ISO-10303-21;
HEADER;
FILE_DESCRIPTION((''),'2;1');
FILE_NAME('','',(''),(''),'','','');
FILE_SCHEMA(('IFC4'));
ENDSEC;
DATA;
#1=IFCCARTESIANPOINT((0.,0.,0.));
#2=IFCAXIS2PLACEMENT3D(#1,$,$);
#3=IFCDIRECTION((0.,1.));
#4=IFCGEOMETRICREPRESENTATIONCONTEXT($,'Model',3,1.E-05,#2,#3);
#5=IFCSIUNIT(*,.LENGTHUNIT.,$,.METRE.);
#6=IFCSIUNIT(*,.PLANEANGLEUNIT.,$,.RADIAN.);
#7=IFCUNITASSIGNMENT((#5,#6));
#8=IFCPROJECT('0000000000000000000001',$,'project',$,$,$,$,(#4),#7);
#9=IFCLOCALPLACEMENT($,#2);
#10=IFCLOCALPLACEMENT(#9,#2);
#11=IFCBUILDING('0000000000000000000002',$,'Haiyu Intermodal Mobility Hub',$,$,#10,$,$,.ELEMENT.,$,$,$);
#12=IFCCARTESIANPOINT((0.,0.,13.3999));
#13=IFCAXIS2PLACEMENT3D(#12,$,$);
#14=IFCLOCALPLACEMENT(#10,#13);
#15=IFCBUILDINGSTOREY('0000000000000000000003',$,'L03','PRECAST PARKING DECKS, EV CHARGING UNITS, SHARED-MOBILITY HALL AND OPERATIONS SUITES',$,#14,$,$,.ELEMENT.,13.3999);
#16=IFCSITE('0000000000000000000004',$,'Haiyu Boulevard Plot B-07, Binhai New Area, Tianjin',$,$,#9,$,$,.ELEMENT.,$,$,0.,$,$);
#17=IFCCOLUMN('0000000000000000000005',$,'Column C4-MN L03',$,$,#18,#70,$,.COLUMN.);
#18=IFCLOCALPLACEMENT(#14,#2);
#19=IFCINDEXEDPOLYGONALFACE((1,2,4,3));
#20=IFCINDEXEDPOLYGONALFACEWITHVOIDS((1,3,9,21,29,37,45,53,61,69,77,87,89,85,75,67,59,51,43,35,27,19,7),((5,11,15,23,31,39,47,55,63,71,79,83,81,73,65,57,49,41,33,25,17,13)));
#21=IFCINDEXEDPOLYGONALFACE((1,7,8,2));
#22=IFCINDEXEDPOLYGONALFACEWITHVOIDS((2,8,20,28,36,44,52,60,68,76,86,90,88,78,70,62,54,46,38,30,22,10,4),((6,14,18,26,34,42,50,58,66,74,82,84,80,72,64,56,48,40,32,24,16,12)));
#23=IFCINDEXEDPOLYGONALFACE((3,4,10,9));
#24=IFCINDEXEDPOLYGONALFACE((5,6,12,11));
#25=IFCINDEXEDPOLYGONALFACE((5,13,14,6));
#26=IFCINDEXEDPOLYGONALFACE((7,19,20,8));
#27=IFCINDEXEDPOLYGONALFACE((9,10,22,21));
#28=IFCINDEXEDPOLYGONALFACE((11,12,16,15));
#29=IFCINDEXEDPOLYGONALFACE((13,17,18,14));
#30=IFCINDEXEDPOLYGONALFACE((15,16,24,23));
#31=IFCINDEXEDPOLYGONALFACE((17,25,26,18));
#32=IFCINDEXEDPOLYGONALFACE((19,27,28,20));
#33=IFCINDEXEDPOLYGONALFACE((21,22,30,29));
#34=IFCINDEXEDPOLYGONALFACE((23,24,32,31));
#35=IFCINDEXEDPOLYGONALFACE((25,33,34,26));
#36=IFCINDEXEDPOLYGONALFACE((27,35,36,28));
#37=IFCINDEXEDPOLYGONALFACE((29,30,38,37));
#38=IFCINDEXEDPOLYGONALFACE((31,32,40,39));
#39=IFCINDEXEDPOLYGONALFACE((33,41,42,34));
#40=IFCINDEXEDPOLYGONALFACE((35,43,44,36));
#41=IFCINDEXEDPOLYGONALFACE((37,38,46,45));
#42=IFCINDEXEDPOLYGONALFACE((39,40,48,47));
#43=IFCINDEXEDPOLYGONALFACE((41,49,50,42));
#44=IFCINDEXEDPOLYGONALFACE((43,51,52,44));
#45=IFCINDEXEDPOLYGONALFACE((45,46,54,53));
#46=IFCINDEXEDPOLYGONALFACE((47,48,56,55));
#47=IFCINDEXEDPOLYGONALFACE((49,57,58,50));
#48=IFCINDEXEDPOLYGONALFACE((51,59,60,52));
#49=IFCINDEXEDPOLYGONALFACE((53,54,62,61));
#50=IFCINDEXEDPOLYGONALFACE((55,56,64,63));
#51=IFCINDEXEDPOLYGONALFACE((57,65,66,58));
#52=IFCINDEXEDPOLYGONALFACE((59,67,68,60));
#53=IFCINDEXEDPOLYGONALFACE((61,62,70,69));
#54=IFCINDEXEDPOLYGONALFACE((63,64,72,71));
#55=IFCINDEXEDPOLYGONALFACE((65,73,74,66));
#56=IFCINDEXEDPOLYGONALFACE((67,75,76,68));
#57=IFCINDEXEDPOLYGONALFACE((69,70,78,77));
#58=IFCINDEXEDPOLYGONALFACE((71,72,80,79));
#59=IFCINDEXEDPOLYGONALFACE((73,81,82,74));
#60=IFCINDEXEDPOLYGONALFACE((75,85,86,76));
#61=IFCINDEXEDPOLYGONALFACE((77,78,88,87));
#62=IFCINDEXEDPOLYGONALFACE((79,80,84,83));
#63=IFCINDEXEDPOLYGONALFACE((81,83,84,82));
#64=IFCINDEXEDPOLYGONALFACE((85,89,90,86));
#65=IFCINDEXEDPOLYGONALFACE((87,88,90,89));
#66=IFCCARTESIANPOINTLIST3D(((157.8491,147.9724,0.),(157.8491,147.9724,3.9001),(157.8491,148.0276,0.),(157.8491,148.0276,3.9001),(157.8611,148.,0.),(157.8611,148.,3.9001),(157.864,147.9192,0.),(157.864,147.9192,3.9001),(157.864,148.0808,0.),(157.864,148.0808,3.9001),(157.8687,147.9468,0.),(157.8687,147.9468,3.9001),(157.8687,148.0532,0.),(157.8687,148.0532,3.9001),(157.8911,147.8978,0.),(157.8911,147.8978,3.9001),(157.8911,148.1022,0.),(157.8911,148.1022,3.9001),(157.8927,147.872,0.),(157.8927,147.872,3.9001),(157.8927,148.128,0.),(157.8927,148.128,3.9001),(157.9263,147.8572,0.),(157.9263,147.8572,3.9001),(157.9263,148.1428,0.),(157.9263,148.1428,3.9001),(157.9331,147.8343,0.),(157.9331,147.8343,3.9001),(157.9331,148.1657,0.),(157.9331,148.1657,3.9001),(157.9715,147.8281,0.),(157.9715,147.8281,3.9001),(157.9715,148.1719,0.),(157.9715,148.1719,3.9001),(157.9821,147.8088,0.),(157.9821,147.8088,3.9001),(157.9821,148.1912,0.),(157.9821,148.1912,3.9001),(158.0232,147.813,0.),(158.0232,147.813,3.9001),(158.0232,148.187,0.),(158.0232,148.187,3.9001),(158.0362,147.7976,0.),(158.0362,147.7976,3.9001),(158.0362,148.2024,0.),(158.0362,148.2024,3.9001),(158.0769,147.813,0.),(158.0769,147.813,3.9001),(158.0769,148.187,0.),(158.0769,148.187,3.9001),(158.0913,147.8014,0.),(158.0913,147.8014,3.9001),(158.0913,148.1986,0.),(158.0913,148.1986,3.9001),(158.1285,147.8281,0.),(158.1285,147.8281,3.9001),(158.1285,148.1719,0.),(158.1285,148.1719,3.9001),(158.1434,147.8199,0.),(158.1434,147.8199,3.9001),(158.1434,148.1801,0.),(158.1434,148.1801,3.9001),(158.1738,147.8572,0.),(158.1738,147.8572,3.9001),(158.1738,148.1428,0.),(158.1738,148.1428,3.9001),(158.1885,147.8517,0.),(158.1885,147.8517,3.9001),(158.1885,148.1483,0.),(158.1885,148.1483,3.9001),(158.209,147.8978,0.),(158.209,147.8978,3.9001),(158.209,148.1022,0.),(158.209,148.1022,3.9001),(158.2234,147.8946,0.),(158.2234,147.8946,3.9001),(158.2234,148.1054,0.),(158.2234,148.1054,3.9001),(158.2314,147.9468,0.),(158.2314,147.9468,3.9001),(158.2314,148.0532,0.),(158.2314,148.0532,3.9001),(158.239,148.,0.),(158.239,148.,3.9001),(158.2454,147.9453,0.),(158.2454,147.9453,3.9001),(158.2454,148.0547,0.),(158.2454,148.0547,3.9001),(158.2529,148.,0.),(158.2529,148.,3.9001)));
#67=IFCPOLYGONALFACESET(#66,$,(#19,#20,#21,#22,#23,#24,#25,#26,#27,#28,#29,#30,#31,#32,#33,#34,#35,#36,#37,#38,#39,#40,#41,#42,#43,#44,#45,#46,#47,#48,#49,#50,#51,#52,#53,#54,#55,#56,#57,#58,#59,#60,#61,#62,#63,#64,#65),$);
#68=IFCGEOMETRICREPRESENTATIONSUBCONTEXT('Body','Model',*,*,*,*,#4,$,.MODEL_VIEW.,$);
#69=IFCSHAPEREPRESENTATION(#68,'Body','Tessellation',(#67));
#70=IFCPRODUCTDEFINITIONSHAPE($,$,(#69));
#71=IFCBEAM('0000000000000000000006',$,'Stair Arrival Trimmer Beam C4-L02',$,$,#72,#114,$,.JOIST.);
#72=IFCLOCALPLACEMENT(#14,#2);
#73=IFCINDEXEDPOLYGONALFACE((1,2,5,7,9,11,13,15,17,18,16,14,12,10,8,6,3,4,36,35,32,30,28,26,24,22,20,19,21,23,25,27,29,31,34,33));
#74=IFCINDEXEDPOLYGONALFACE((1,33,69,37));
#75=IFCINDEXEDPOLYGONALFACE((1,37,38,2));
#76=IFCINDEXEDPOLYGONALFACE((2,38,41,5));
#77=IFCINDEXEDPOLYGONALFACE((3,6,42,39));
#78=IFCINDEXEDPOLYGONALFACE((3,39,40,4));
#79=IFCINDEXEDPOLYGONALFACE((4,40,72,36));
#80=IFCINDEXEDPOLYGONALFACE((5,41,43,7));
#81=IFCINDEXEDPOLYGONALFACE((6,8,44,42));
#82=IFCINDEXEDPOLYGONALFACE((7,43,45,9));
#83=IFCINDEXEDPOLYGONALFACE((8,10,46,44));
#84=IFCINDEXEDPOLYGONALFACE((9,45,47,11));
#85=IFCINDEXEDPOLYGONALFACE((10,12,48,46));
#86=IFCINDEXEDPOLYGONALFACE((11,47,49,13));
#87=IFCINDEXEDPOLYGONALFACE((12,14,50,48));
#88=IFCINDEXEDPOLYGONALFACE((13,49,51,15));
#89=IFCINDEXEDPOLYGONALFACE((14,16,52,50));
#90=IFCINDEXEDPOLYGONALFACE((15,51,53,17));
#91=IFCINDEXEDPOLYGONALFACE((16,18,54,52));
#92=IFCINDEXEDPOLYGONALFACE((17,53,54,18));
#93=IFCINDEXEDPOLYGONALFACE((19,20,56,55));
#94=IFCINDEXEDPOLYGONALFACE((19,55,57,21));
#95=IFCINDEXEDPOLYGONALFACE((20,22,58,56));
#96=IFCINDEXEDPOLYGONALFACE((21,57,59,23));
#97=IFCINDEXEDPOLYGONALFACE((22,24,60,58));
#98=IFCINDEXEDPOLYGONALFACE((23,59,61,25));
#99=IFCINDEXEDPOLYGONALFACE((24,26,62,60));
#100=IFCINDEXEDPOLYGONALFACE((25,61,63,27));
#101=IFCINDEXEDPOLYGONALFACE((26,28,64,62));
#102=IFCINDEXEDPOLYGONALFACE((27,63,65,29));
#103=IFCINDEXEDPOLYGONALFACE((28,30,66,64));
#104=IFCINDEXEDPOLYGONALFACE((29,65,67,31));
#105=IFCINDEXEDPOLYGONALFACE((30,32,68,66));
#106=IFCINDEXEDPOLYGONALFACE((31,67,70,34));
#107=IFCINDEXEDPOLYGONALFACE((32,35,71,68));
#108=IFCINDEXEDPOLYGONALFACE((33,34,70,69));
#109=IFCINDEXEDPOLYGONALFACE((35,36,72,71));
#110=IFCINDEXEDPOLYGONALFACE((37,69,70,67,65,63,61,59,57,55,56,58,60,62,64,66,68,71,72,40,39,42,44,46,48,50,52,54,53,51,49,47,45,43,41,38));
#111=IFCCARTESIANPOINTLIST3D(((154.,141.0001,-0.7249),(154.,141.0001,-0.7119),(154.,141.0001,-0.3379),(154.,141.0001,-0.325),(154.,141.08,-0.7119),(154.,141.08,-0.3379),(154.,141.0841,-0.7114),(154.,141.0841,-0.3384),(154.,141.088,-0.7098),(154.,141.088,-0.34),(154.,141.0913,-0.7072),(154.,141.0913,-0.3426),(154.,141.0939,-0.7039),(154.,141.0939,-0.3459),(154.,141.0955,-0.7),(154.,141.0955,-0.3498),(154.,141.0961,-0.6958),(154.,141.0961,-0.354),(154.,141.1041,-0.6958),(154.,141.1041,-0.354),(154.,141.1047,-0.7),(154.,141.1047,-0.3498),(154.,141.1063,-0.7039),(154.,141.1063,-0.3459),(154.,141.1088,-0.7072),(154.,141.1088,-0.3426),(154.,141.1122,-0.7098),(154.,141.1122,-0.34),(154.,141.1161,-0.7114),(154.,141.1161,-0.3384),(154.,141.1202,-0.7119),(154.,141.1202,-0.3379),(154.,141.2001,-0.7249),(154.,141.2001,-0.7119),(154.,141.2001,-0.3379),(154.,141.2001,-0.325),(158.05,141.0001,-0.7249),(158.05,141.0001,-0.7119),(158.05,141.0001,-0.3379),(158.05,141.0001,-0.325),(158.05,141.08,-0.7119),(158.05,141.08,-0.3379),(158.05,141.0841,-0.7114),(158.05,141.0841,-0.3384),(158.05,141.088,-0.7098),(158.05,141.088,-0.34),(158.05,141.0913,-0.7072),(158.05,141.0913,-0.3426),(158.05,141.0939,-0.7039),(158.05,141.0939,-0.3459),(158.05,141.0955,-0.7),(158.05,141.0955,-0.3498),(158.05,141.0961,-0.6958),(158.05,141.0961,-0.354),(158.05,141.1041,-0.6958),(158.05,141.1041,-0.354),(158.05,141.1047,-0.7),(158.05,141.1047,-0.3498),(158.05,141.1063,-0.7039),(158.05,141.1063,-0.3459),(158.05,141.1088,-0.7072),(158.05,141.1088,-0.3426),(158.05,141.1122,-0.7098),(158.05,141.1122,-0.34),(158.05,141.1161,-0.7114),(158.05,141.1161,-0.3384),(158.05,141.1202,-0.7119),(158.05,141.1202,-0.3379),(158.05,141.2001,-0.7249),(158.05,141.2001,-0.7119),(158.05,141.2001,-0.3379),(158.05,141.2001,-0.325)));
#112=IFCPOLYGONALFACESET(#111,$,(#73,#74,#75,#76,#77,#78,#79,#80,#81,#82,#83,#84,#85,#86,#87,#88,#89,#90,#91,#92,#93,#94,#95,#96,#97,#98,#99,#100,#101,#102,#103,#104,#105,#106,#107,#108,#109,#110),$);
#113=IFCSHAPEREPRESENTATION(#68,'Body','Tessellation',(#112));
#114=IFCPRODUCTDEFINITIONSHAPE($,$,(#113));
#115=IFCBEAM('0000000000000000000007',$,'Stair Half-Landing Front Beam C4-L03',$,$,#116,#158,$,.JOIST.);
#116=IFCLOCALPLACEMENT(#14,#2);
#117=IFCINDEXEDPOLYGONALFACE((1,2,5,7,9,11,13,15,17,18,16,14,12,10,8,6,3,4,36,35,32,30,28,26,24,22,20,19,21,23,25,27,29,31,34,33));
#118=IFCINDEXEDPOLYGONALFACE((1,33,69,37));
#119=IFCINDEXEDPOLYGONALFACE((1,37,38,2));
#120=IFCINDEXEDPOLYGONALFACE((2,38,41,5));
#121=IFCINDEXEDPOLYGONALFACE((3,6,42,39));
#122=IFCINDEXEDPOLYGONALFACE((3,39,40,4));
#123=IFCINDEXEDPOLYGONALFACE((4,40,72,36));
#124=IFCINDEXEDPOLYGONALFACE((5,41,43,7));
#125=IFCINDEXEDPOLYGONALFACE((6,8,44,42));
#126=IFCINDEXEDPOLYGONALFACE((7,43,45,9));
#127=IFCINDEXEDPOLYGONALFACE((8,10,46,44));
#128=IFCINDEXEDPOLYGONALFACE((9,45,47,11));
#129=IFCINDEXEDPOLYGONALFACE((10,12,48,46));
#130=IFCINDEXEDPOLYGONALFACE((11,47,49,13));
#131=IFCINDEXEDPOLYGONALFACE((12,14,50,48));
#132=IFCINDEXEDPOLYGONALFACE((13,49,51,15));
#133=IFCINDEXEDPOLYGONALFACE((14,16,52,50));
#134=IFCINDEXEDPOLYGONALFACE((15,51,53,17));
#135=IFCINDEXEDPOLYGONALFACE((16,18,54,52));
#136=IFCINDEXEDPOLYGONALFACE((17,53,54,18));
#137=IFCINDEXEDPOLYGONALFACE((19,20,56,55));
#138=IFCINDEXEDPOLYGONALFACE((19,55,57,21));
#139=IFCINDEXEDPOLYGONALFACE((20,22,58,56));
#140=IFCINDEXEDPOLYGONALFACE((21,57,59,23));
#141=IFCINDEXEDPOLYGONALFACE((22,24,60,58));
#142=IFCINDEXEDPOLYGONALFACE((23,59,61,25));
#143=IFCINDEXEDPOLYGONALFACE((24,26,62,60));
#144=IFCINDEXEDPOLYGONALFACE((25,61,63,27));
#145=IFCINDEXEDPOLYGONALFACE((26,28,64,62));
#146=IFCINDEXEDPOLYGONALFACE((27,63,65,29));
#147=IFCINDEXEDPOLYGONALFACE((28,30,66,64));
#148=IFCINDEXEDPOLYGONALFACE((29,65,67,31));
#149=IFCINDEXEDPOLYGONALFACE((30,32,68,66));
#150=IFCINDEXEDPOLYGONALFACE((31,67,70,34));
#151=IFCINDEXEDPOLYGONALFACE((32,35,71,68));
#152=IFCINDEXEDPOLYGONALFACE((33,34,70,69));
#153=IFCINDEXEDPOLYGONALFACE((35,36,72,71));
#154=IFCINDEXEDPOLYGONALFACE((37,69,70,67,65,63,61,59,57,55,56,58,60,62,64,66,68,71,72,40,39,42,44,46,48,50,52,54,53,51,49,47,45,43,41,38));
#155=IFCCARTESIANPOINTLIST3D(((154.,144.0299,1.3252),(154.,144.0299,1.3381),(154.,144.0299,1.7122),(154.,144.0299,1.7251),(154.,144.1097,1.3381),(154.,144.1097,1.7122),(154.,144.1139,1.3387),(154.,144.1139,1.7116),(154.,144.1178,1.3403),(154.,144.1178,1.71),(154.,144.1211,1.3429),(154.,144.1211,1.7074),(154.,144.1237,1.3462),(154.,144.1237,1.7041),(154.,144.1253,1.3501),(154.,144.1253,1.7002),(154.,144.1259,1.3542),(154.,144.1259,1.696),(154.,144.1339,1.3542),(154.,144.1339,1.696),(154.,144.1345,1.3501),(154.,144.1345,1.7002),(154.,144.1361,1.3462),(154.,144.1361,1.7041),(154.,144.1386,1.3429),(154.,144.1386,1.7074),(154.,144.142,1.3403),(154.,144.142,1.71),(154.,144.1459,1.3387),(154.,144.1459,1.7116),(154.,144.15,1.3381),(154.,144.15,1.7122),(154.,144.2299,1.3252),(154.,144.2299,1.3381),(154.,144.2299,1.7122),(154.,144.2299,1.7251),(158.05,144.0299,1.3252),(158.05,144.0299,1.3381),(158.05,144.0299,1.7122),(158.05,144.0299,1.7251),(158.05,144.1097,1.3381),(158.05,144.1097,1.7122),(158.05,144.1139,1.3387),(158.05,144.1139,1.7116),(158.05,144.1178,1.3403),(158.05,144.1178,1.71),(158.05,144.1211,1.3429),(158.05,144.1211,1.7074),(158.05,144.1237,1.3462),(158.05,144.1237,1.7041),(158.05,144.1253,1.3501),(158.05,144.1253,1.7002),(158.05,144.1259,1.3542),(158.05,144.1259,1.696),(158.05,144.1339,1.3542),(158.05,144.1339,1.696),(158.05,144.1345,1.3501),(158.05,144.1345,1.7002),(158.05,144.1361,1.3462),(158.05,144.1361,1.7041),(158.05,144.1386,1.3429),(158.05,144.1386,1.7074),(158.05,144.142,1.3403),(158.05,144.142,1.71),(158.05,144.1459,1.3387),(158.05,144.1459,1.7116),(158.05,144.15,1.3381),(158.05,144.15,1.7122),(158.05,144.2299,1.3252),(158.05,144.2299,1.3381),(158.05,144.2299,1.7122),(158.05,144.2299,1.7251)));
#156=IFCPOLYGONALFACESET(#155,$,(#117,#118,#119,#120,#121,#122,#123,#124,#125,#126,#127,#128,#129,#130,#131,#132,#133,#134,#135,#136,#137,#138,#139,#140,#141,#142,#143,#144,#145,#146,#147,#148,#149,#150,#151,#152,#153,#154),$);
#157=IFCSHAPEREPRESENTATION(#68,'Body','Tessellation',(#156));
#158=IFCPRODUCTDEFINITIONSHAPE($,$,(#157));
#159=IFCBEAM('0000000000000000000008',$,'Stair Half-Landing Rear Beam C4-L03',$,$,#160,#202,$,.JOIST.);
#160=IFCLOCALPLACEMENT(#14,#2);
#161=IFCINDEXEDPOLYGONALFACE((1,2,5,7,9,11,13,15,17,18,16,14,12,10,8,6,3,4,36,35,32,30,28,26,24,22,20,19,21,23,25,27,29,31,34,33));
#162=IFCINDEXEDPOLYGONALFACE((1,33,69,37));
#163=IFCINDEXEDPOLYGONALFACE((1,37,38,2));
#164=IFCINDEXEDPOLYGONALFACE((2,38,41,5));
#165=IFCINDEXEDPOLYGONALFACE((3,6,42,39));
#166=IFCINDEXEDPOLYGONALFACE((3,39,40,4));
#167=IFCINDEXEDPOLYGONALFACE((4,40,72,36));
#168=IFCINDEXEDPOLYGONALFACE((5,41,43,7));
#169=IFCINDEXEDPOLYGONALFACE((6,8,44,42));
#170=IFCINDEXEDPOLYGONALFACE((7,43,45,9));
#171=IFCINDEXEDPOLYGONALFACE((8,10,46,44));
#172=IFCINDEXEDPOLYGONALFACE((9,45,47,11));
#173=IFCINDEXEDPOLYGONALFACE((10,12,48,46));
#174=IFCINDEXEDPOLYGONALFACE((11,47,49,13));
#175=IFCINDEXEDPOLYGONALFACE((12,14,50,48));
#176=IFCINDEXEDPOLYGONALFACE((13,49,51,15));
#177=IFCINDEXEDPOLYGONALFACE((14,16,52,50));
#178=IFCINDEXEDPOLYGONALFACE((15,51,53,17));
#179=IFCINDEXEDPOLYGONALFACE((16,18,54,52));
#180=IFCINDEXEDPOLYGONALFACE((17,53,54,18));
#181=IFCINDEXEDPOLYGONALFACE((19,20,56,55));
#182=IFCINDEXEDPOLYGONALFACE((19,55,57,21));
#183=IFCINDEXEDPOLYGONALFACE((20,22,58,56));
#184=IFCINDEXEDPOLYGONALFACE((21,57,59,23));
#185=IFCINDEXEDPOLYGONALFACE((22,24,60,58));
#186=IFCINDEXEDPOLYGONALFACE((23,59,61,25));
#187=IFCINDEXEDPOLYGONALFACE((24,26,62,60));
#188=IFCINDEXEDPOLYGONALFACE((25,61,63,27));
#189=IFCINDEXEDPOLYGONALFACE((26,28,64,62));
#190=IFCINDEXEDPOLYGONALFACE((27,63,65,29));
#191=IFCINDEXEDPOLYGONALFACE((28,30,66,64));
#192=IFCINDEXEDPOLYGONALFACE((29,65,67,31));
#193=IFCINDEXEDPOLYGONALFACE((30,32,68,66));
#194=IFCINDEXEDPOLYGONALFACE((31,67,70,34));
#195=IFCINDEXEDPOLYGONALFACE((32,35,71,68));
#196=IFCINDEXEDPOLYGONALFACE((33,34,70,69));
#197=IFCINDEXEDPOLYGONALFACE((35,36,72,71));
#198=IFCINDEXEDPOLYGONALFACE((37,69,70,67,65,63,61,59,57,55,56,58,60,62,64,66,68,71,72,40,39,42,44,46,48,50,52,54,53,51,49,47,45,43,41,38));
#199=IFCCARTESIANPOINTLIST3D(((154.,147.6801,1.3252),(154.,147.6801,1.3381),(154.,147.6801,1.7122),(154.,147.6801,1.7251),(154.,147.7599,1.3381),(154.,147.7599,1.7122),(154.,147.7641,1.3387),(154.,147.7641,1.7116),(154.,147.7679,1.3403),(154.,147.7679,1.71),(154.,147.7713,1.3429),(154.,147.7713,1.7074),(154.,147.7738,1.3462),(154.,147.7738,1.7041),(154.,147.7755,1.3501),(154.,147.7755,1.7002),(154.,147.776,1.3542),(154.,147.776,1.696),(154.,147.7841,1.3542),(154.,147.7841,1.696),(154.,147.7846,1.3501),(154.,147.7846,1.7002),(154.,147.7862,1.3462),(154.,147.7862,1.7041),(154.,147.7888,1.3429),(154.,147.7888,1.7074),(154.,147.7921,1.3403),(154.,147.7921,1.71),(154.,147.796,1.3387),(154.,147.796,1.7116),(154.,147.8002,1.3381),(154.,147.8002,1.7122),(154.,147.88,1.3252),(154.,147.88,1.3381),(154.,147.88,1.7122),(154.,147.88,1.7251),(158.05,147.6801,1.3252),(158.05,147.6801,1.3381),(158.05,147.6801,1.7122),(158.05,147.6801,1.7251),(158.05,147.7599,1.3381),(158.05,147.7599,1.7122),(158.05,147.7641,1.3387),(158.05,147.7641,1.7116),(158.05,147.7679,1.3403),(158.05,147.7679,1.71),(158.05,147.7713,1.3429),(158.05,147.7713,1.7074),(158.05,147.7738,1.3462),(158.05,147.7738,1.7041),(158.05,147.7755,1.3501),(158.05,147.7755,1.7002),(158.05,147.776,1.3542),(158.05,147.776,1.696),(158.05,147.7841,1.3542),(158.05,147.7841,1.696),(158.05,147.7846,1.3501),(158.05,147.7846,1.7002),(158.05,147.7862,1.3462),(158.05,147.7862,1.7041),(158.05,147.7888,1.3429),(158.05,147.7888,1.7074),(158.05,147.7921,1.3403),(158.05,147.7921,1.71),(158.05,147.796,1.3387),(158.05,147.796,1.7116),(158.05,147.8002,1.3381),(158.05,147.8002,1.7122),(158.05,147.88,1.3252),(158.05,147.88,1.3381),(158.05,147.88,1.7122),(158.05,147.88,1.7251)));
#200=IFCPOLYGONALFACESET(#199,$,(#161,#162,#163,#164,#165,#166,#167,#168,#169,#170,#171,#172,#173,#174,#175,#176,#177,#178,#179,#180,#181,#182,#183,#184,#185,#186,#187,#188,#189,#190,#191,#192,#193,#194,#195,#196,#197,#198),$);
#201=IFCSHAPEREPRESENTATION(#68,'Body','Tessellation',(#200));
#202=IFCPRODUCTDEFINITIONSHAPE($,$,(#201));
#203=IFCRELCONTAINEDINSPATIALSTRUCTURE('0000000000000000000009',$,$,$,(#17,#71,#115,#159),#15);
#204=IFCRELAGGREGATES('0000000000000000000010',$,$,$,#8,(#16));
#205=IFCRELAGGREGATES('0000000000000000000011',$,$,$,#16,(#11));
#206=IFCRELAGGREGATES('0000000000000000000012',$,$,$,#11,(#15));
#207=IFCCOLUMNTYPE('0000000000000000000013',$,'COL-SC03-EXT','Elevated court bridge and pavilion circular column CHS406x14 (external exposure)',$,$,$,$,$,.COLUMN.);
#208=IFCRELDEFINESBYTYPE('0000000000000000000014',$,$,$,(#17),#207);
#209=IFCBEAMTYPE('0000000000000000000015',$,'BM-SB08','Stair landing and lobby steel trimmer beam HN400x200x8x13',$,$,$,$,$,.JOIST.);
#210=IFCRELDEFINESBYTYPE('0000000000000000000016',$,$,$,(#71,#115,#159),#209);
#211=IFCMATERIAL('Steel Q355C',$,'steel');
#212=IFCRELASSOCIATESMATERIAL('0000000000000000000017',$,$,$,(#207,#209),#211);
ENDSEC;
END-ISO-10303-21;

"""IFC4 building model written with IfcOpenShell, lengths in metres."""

from ifc_helpers import new_model, si_unit, direction, frame, origin, origin_2d, place, context, subcontext, project, spatial, hollow_circle, i_section, extrude, material, material_profile, profile_set, type_object, element, save


model = new_model("IFC4")

# Units and contexts
model_context = context("Model", 3, precision=1e-05, world=origin(), true_north=direction((0.0, 1.0)))
body_context = subcontext(model_context, "Body", "Model", "MODEL_VIEW")
ifc_project = project(units=[si_unit("LENGTHUNIT", "METRE"), si_unit("PLANEANGLEUNIT", "RADIAN")], contexts=[model_context])

# Site, building, storey
site_placement = place(None, origin())
site = spatial("IfcSite", under=ifc_project, at=site_placement, Name="Haiyu Boulevard Plot B-07, Binhai New Area, Tianjin", CompositionType="ELEMENT", RefElevation=0.0)
building_placement = place(site_placement, origin())
building = spatial("IfcBuilding", under=site, at=building_placement, Name="Haiyu Intermodal Mobility Hub", CompositionType="ELEMENT")
storey_placement = place(building_placement, frame((0.0, 0.0, 13.3999)))
storey = spatial("IfcBuildingStorey", under=building, at=storey_placement, Name="L03", Description="PRECAST PARKING DECKS, EV CHARGING UNITS, SHARED-MOBILITY HALL AND OPERATIONS SUITES", CompositionType="ELEMENT", Elevation=13.3999)

# Column
ifc_material_1 = material(Name="Steel Q355C", Category="steel")
ifc_material_profile_1 = material_profile(ifc_material_1, hollow_circle(Radius=0.2029, WallThickness=0.0139, at=origin_2d()), Name="CHS406x14")
ifc_profile_set_1 = profile_set([ifc_material_profile_1], Name="Steel Q355C")
column_type = type_object("IfcColumnType", Name="COL-SC03-EXT", Description="Elevated court bridge and pavilion circular column CHS406x14 (external exposure)", PredefinedType="COLUMN", material=ifc_profile_set_1)
column_placement = place(storey_placement, frame((158.05, 148.0, 0.0), z_axis=(0.0, 0.0, 1.0), x_axis=(1.0, 0.0, 0.0)))
element("IfcColumn", 1, at=column_placement, inside=storey, type_object=column_type, Name="Column C4-MN L03", PredefinedType="COLUMN", context=body_context, shape_type="SweptSolid", body=[
    extrude(hollow_circle(Radius=0.2029, WallThickness=0.0139, at=origin_2d()), origin(), (0.0, 0.0, 1.0), 3.9001),
])

# Beams
ifc_material_profile_2 = material_profile(ifc_material_1, i_section(OverallWidth=0.2, OverallDepth=0.3999, WebThickness=0.0081, FlangeThickness=0.0129, FilletRadius=0.0161, at=origin_2d()), Name="HN400x200x8x13")
ifc_profile_set_2 = profile_set([ifc_material_profile_2], Name="Steel Q355C")
beam_type = type_object("IfcBeamType", Name="BM-SB08", Description="Stair landing and lobby steel trimmer beam HN400x200x8x13", PredefinedType="JOIST", material=ifc_profile_set_2)
for number, where, z_axis, x_axis, name in (
    (2, (154.0, 141.1001, -0.5249), (1.0, 0.0, 0.0), (0.0, 1.0, 0.0), "Stair Arrival Trimmer Beam C4-L02"),
    (3, (154.0, 144.1299, 1.5251), (1.0, 0.0, 0.0), (0.0, 1.0, 0.0), "Stair Half-Landing Front Beam C4-L03"),
    (4, (154.0, 147.78, 1.5251), (1.0, 0.0, 0.0), (0.0, 1.0, 0.0), "Stair Half-Landing Rear Beam C4-L03"),
):
    element("IfcBeam", number, at=place(storey_placement, frame(where, z_axis=z_axis, x_axis=x_axis)), inside=storey, type_object=beam_type, Name=name, PredefinedType="JOIST", context=body_context, shape_type="SweptSolid", body=[
        extrude(i_section(OverallWidth=0.2, OverallDepth=0.3999, WebThickness=0.0081, FlangeThickness=0.0129, FilletRadius=0.0161, at=origin_2d()), origin(), (0.0, 0.0, 1.0), 4.05),
    ])

save(model, "model.ifc")
